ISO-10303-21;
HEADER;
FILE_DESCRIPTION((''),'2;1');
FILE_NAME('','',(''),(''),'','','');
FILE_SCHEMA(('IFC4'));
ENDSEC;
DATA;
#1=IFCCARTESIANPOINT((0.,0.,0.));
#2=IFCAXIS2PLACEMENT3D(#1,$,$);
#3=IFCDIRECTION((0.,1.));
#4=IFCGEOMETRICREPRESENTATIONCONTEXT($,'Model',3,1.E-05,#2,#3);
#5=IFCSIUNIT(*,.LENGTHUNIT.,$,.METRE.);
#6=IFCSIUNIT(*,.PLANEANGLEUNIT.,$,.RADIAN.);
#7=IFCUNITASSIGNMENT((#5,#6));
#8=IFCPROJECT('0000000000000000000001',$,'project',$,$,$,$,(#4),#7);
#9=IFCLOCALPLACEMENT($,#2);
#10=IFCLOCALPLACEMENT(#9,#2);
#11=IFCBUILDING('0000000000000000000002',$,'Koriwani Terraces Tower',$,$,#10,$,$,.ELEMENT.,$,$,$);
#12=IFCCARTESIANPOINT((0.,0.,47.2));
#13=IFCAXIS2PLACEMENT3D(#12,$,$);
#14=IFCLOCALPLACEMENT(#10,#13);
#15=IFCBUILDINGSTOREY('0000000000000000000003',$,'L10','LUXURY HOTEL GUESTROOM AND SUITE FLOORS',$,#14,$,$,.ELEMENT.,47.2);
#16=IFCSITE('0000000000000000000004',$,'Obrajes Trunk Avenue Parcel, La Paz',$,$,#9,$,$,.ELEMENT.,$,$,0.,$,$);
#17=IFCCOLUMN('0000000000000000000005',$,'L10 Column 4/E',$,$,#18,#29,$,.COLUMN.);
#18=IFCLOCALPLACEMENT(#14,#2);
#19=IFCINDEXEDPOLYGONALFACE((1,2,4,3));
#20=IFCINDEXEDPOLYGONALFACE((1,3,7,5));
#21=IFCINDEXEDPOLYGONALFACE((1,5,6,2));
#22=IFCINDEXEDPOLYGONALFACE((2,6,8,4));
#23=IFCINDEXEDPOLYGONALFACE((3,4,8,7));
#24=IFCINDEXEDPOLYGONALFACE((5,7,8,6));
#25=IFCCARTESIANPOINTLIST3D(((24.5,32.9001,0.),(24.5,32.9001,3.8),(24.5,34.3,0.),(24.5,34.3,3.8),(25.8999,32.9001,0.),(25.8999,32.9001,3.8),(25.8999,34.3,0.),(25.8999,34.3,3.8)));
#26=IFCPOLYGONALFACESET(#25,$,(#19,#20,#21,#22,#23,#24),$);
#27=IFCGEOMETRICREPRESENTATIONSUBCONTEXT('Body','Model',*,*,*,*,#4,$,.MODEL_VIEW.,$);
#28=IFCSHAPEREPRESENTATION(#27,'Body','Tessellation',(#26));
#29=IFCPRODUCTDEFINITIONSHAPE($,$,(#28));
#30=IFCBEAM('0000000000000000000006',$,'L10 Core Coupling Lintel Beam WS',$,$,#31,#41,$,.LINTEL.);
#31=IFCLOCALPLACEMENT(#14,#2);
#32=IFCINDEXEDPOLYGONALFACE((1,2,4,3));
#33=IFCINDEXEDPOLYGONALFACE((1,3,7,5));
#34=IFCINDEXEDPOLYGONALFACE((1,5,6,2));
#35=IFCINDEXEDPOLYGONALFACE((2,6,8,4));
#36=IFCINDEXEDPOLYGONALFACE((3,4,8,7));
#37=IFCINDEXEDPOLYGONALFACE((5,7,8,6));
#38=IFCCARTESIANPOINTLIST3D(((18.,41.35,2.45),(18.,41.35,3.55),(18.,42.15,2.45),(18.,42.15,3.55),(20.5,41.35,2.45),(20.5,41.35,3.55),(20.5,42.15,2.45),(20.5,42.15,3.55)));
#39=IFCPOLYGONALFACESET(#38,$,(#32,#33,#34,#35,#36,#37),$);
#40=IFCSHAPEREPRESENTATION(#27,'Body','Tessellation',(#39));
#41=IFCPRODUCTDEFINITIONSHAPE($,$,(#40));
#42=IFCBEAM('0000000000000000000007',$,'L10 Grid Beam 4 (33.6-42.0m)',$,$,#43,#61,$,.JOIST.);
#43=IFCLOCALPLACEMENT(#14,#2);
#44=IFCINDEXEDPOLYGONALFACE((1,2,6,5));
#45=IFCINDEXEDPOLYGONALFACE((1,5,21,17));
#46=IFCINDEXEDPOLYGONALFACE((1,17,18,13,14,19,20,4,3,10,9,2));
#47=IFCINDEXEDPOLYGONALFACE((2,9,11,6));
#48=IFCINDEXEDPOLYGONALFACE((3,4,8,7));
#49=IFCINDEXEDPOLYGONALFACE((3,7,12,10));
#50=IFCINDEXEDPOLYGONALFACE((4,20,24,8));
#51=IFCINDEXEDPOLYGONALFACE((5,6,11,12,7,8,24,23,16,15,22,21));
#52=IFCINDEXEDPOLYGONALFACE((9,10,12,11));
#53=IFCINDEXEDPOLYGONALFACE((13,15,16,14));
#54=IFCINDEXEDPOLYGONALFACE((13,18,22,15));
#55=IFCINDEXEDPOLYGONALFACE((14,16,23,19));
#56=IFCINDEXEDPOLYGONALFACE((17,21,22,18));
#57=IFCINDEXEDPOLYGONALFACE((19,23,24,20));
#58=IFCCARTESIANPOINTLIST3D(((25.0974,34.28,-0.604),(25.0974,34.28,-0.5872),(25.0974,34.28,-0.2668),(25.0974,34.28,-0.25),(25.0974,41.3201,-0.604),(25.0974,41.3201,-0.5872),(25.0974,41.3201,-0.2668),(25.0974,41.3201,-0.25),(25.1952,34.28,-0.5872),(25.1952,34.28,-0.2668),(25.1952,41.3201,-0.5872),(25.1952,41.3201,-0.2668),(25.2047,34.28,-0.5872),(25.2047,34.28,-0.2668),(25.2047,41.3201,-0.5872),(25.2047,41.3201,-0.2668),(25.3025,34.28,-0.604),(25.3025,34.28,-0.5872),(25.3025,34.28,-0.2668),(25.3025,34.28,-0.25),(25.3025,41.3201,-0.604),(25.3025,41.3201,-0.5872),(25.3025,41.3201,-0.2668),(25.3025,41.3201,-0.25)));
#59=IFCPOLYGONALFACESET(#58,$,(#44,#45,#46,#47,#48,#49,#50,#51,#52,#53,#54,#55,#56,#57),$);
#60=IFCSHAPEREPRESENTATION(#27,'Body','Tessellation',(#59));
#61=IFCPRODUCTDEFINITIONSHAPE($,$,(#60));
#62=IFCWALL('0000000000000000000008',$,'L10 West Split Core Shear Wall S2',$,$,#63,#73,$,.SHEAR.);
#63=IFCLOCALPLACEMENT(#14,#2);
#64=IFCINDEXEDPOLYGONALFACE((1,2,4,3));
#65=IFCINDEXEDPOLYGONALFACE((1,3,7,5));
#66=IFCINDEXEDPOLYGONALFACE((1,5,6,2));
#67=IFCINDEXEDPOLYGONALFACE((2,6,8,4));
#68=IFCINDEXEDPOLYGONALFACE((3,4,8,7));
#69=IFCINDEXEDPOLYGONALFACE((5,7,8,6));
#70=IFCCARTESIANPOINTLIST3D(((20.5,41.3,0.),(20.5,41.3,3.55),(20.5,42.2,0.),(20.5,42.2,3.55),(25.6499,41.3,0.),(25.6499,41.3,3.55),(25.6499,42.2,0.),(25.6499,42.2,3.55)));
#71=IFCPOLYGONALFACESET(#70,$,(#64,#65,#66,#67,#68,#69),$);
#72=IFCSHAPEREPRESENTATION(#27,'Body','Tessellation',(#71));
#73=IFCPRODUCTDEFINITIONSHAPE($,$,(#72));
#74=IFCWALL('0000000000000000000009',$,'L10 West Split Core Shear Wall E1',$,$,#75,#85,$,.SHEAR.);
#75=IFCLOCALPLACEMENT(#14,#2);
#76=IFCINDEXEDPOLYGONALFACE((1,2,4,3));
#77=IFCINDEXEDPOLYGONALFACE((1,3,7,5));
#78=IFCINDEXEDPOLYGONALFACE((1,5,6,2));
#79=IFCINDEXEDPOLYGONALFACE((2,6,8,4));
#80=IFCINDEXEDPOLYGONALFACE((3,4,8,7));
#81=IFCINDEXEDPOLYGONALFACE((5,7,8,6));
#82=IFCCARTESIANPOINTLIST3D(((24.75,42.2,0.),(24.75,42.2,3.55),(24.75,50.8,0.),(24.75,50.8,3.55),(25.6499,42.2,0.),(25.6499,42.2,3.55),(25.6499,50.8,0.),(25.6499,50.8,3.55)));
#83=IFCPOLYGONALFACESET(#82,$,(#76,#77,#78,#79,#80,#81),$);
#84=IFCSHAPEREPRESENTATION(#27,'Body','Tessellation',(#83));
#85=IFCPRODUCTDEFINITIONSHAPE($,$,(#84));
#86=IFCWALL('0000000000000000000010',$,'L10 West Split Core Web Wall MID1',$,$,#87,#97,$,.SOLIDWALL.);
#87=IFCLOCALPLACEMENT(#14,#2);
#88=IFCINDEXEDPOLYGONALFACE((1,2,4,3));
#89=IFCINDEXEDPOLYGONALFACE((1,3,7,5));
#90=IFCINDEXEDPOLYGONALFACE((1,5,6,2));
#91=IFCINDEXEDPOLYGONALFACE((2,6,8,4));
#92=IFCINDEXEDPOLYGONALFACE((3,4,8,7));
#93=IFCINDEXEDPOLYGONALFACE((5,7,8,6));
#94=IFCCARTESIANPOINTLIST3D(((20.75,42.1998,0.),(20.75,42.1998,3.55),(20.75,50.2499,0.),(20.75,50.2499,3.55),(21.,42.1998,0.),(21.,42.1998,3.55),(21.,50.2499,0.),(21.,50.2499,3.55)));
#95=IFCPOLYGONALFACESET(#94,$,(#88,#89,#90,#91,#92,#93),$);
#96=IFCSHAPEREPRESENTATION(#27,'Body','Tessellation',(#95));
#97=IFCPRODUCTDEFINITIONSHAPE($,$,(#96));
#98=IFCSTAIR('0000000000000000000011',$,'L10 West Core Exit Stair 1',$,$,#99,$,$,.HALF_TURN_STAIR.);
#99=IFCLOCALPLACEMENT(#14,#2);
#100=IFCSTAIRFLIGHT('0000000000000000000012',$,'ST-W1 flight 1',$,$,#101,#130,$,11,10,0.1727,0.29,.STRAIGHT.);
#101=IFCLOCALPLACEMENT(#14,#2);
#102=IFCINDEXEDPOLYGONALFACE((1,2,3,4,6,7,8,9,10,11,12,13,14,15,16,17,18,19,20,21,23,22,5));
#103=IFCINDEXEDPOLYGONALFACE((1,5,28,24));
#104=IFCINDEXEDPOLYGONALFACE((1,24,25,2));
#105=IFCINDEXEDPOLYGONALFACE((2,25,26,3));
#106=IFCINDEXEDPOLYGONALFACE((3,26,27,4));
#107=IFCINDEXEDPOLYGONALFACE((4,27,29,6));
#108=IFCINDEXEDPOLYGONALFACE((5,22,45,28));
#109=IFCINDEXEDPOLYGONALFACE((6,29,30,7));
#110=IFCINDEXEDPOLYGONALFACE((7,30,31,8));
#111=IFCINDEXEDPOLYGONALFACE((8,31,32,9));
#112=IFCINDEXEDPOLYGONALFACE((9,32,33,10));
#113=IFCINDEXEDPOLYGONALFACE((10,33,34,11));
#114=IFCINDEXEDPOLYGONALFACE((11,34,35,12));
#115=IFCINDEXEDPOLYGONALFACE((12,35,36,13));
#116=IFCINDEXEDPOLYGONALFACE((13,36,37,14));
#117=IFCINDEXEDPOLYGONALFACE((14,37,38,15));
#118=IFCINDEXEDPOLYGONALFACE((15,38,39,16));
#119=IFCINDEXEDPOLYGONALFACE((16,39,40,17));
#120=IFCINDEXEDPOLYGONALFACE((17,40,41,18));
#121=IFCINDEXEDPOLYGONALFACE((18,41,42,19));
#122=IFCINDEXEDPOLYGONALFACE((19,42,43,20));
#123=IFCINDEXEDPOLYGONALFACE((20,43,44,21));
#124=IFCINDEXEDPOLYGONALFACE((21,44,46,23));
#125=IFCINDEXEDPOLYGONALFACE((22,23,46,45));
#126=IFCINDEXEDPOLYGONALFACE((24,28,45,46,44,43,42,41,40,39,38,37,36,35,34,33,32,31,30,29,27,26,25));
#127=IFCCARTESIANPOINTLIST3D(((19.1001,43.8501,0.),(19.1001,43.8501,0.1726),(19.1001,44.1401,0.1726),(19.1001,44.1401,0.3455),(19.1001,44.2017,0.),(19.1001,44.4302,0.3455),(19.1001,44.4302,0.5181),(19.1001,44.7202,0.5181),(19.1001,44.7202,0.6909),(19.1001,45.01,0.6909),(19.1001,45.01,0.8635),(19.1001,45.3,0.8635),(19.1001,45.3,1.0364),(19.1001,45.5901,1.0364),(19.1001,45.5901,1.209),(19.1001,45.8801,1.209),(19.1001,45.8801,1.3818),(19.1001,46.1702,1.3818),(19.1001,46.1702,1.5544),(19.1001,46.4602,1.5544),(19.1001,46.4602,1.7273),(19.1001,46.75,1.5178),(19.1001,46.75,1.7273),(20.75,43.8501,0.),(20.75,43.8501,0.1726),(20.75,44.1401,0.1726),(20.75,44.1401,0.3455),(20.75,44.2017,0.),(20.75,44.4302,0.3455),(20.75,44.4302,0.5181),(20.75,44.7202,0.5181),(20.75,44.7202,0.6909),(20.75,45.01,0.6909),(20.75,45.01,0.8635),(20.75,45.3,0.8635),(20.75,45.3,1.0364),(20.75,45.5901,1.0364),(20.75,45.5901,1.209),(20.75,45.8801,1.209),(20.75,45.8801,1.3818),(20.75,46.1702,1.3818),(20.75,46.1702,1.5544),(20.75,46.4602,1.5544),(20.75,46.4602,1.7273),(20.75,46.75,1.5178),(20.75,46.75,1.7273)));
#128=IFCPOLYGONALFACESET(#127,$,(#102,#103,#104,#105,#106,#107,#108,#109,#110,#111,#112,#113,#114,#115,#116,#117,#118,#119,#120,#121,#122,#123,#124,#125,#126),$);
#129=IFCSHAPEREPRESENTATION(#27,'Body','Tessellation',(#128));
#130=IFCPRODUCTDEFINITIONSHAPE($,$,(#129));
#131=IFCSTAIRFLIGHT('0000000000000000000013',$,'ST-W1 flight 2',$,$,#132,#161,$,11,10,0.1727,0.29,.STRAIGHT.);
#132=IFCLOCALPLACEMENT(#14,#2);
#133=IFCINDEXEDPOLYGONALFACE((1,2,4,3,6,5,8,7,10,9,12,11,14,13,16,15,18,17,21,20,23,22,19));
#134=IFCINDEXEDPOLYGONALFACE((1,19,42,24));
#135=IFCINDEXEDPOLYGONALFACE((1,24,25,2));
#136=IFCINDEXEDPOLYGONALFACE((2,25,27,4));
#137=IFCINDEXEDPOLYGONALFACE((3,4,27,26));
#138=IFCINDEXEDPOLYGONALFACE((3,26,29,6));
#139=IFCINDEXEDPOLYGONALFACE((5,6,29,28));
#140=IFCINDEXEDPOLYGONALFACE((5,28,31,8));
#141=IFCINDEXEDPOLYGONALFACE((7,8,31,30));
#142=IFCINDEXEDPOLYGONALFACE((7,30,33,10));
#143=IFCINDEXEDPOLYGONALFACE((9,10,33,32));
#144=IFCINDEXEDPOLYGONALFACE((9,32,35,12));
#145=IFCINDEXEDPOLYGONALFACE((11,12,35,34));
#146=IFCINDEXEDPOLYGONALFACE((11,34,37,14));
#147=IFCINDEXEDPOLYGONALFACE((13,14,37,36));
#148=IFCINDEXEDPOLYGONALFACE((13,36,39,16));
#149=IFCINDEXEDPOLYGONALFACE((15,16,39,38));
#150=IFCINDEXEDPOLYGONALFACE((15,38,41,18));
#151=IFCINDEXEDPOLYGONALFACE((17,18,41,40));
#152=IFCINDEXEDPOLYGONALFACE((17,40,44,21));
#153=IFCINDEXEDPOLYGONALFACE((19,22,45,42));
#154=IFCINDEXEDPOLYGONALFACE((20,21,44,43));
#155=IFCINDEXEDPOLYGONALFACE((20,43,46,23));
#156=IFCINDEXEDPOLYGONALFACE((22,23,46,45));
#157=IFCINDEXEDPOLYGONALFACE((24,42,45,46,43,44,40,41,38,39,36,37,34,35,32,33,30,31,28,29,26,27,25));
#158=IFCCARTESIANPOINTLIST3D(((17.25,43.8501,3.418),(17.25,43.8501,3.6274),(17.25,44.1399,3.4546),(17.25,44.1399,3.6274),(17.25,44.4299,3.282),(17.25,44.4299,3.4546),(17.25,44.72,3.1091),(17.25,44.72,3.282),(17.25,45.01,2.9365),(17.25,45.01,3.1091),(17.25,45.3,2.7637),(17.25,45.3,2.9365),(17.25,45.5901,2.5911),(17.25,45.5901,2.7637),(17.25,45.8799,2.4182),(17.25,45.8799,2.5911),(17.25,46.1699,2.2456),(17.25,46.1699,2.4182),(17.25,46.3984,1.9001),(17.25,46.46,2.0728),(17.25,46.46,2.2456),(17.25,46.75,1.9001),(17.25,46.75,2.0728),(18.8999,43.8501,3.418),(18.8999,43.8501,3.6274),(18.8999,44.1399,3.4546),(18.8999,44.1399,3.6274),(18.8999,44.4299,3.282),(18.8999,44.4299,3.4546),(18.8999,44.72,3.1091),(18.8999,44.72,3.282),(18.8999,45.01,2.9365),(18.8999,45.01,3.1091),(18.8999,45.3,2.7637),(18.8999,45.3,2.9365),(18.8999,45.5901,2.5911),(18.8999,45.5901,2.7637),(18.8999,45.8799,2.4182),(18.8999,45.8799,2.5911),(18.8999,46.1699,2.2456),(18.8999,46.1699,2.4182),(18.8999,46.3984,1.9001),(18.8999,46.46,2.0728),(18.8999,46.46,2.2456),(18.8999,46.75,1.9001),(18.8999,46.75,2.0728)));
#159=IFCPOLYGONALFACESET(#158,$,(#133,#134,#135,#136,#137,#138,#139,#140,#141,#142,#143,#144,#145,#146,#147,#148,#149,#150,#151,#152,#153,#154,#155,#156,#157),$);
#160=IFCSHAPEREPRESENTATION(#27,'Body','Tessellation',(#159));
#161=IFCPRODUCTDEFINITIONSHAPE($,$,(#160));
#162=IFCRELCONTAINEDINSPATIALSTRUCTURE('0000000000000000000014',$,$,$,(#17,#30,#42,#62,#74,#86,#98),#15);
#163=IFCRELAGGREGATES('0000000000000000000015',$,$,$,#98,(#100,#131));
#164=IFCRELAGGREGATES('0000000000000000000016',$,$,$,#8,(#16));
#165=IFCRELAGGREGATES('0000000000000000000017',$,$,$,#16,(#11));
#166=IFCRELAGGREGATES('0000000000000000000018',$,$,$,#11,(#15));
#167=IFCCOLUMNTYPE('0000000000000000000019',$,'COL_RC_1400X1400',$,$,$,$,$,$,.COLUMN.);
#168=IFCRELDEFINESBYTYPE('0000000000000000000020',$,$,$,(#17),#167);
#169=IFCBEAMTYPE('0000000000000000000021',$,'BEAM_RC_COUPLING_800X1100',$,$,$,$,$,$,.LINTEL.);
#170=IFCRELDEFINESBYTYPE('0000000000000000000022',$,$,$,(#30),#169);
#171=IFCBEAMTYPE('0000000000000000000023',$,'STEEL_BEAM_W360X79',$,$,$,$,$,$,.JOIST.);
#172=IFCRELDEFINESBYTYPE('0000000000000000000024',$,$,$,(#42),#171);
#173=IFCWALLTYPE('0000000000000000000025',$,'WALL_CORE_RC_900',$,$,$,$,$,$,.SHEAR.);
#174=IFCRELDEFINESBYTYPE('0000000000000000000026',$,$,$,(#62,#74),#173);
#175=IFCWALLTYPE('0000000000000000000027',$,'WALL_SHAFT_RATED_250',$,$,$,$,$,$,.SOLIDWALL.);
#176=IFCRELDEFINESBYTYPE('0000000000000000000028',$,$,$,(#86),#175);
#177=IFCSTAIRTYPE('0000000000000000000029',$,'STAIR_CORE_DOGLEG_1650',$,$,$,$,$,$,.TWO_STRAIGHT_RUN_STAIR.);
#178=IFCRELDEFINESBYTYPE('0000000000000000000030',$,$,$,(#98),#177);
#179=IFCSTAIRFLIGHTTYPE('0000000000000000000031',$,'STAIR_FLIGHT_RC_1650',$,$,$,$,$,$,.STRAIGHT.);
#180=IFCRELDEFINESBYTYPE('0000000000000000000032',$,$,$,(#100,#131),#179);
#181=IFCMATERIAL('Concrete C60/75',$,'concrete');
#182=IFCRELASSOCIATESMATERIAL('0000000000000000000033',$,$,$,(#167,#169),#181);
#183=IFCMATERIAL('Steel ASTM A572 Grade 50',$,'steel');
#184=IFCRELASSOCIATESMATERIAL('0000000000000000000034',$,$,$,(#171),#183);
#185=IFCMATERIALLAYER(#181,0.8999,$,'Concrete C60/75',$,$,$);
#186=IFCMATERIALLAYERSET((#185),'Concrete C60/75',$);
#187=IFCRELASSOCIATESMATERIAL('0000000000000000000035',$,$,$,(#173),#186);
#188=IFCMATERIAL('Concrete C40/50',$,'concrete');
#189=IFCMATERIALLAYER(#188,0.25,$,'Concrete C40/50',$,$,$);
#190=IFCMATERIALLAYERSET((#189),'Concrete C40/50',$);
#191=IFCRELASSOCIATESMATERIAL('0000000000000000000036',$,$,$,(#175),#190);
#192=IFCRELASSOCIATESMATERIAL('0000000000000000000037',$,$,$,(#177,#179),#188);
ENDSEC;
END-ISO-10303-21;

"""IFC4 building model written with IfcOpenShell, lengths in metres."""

from ifc_helpers import new_model, si_unit, direction, frame, frame_2d, origin, origin_2d, place, context, subcontext, project, spatial, polyline, rectangle, i_section, outline, extrude, material, layer, layer_set, material_profile, profile_set, type_object, element, aggregate, save


model = new_model("IFC4")

# Units and contexts
model_context = context("Model", 3, precision=1e-05, world=origin(), true_north=direction((0.0, 1.0)))
body_context = subcontext(model_context, "Body", "Model", "MODEL_VIEW")
ifc_project = project(units=[si_unit("LENGTHUNIT", "METRE"), si_unit("PLANEANGLEUNIT", "RADIAN")], contexts=[model_context])

# Site, building, storey
site_placement = place(None, origin())
site = spatial("IfcSite", under=ifc_project, at=site_placement, Name="Obrajes Trunk Avenue Parcel, La Paz", CompositionType="ELEMENT", RefElevation=0.0)
building_placement = place(site_placement, origin())
building = spatial("IfcBuilding", under=site, at=building_placement, Name="Koriwani Terraces Tower", CompositionType="ELEMENT")
storey_placement = place(building_placement, frame((0.0, 0.0, 47.2)))
storey = spatial("IfcBuildingStorey", under=building, at=storey_placement, Name="L10", Description="LUXURY HOTEL GUESTROOM AND SUITE FLOORS", CompositionType="ELEMENT", Elevation=47.2)

# Column
ifc_material_1 = material(Name="Concrete C60/75", Category="concrete")
ifc_material_profile_1 = material_profile(ifc_material_1, rectangle(XDim=1.3999, YDim=1.3999, at=origin_2d()), Name="Concrete C60/75", Category="LoadBearing")
ifc_profile_set_1 = profile_set([ifc_material_profile_1], Name="Concrete C60/75")
column_type = type_object("IfcColumnType", Name="COL_RC_1400X1400", PredefinedType="COLUMN", material=ifc_profile_set_1)
column_placement = place(storey_placement, frame((25.2, 33.6001, 0.0), z_axis=(0.0, 0.0, 1.0), x_axis=(1.0, 0.0, 0.0)))
element("IfcColumn", 1, at=column_placement, inside=storey, type_object=column_type, Name="L10 Column 4/E", PredefinedType="COLUMN", context=body_context, shape_type="SweptSolid", body=[
    extrude(rectangle(XDim=1.3999, YDim=1.3999, at=origin_2d()), origin(), (0.0, 0.0, 1.0), 3.8),
])

# Beams
ifc_material_profile_2 = material_profile(ifc_material_1, rectangle(XDim=0.8, YDim=1.1001, at=origin_2d()), Name="Concrete C60/75", Category="LoadBearing")
ifc_profile_set_2 = profile_set([ifc_material_profile_2], Name="Concrete C60/75")
beam_type_1 = type_object("IfcBeamType", Name="BEAM_RC_COUPLING_800X1100", PredefinedType="LINTEL", material=ifc_profile_set_2)
beam_1_placement = place(storey_placement, frame((18.0, 41.75, 3.0), z_axis=(1.0, 0.0, 0.0), x_axis=(0.0, 1.0, 0.0)))
element("IfcBeam", 2, at=beam_1_placement, inside=storey, type_object=beam_type_1, Name="L10 Core Coupling Lintel Beam WS", PredefinedType="LINTEL", context=body_context, shape_type="SweptSolid", body=[
    extrude(rectangle(XDim=0.8, YDim=1.1001, at=origin_2d()), origin(), (0.0, 0.0, 1.0), 2.5),
])
ifc_material_2 = material(Name="Steel ASTM A572 Grade 50", Category="steel")
ifc_material_profile_3 = material_profile(ifc_material_2, i_section(OverallWidth=0.2051, OverallDepth=0.354, WebThickness=0.0095, FlangeThickness=0.0168, at=origin_2d()), Name="Steel ASTM A572 Grade 50", Category="LoadBearing")
ifc_profile_set_3 = profile_set([ifc_material_profile_3], Name="Steel ASTM A572 Grade 50")
beam_type_2 = type_object("IfcBeamType", Name="STEEL_BEAM_W360X79", PredefinedType="JOIST", material=ifc_profile_set_3)
beam_2_placement = place(storey_placement, frame((25.2, 34.28, -0.427), z_axis=(0.0, 1.0, 0.0), x_axis=(-1.0, 0.0, 0.0)))
element("IfcBeam", 3, at=beam_2_placement, inside=storey, type_object=beam_type_2, Name="L10 Grid Beam 4 (33.6-42.0m)", PredefinedType="JOIST", context=body_context, shape_type="SweptSolid", body=[
    extrude(i_section(OverallWidth=0.2051, OverallDepth=0.354, WebThickness=0.0095, FlangeThickness=0.0168, at=origin_2d()), origin(), (0.0, 0.0, 1.0), 7.04),
])

# Walls
ifc_layer_1 = layer(ifc_material_1, 0.8999, Name="Concrete C60/75")
ifc_layer_set_1 = layer_set([ifc_layer_1], Name="Concrete C60/75")
wall_type_1 = type_object("IfcWallType", Name="WALL_CORE_RC_900", PredefinedType="SHEAR", material=ifc_layer_set_1)
wall_1_placement = place(storey_placement, frame((20.5, 41.75, 0.0), z_axis=(0.0, 0.0, 1.0), x_axis=(1.0, 0.0, 0.0)))
element("IfcWall", 4, at=wall_1_placement, inside=storey, type_object=wall_type_1, Name="L10 West Split Core Shear Wall S2", PredefinedType="SHEAR", context=body_context, shape_type="SweptSolid", body=[
    extrude(rectangle(XDim=5.1499, YDim=0.8999, at=frame_2d((2.575, 0.0))), origin(), (0.0, 0.0, 1.0), 3.55),
])
wall_2_placement = place(storey_placement, frame((25.2, 42.2, 0.0), z_axis=(0.0, 0.0, 1.0), x_axis=(0.0, 1.0, 0.0)))
element("IfcWall", 5, at=wall_2_placement, inside=storey, type_object=wall_type_1, Name="L10 West Split Core Shear Wall E1", PredefinedType="SHEAR", context=body_context, shape_type="SweptSolid", body=[
    extrude(rectangle(XDim=8.6001, YDim=0.8999, at=frame_2d((4.3, 0.0))), origin(), (0.0, 0.0, 1.0), 3.55),
])
ifc_material_3 = material(Name="Concrete C40/50", Category="concrete")
ifc_layer_2 = layer(ifc_material_3, 0.25, Name="Concrete C40/50")
ifc_layer_set_2 = layer_set([ifc_layer_2], Name="Concrete C40/50")
wall_type_2 = type_object("IfcWallType", Name="WALL_SHAFT_RATED_250", PredefinedType="SOLIDWALL", material=ifc_layer_set_2)
wall_3_placement = place(storey_placement, frame((20.875, 42.2, 0.0), z_axis=(0.0, 0.0, 1.0), x_axis=(0.0, 1.0, 0.0)))
element("IfcWall", 6, at=wall_3_placement, inside=storey, type_object=wall_type_2, Name="L10 West Split Core Web Wall MID1", PredefinedType="SOLIDWALL", context=body_context, shape_type="SweptSolid", body=[
    extrude(rectangle(XDim=8.05, YDim=0.25, at=frame_2d((4.0249, 0.0))), origin(), (0.0, 0.0, 1.0), 3.55),
])

# Stair, stair flights
stair_type = type_object("IfcStairType", Name="STAIR_CORE_DOGLEG_1650", PredefinedType="TWO_STRAIGHT_RUN_STAIR", material=ifc_material_3)
stair_placement = place(storey_placement, origin())
stair = element("IfcStair", 7, at=stair_placement, inside=storey, type_object=stair_type, Name="L10 West Core Exit Stair 1", PredefinedType="HALF_TURN_STAIR")
stair_flight_type = type_object("IfcStairFlightType", Name="STAIR_FLIGHT_RC_1650", PredefinedType="STRAIGHT", material=ifc_material_3)
stair_flight_1_placement = place(storey_placement, frame((19.925, 43.8501, 0.0), z_axis=(0.0, 0.0, 1.0), x_axis=(0.0, 1.0, 0.0)))
stair_flight_1 = element("IfcStairFlight", 8, at=stair_flight_1_placement, type_object=stair_flight_type, Name="ST-W1 flight 1", NumberOfRisers=11, NumberOfTreads=10, PredefinedType="STRAIGHT", RiserHeight=0.1727, TreadLength=0.29, context=body_context, shape_type="SweptSolid", body=[
    extrude(outline(polyline([(0.0, 0.0), (0.0, 0.1726), (0.29, 0.1726), (0.29, 0.3455), (0.5801, 0.3455), (0.5801, 0.5181), (0.8701, 0.5181), (0.8701, 0.6909), (1.1599, 0.6909), (1.1599, 0.8635), (1.45, 0.8635), (1.45, 1.0364), (1.74, 1.0364), (1.74, 1.209), (2.03, 1.209), (2.03, 1.3818), (2.3201, 1.3818), (2.3201, 1.5544), (2.6101, 1.5544), (2.6101, 1.7273), (2.8999, 1.7273), (2.8999, 1.8999), (2.8999, 1.5178), (0.3516, 0.0), (0.0, 0.0)])), frame((0.0, 0.825, 0.0), z_axis=(0.0, -1.0, 0.0), x_axis=(1.0, 0.0, 0.0)), (0.0, 0.0, 1.0), 1.6499),
])
stair_flight_2_placement = place(storey_placement, frame((18.075, 46.75, 1.9001), z_axis=(0.0, 0.0, 1.0), x_axis=(0.0, -1.0, 0.0)))
stair_flight_2 = element("IfcStairFlight", 9, at=stair_flight_2_placement, type_object=stair_flight_type, Name="ST-W1 flight 2", NumberOfRisers=11, NumberOfTreads=10, PredefinedType="STRAIGHT", RiserHeight=0.1727, TreadLength=0.29, context=body_context, shape_type="SweptSolid", body=[
    extrude(outline(polyline([(0.0, 0.0), (0.0, 0.1726), (0.29, 0.1726), (0.29, 0.3455), (0.5801, 0.3455), (0.5801, 0.5181), (0.8701, 0.5181), (0.8701, 0.6909), (1.1599, 0.6909), (1.1599, 0.8635), (1.45, 0.8635), (1.45, 1.0364), (1.74, 1.0364), (1.74, 1.209), (2.03, 1.209), (2.03, 1.3818), (2.3201, 1.3818), (2.3201, 1.5544), (2.6101, 1.5544), (2.6101, 1.7273), (2.8999, 1.7273), (2.8999, 1.8999), (2.8999, 1.5178), (0.3516, 0.0), (0.0, 0.0)])), frame((0.0, 0.825, 0.0), z_axis=(0.0, -1.0, 0.0), x_axis=(1.0, 0.0, 0.0)), (0.0, 0.0, 1.0), 1.6499),
])
aggregate(stair, [stair_flight_1, stair_flight_2])

save(model, "model.ifc")
